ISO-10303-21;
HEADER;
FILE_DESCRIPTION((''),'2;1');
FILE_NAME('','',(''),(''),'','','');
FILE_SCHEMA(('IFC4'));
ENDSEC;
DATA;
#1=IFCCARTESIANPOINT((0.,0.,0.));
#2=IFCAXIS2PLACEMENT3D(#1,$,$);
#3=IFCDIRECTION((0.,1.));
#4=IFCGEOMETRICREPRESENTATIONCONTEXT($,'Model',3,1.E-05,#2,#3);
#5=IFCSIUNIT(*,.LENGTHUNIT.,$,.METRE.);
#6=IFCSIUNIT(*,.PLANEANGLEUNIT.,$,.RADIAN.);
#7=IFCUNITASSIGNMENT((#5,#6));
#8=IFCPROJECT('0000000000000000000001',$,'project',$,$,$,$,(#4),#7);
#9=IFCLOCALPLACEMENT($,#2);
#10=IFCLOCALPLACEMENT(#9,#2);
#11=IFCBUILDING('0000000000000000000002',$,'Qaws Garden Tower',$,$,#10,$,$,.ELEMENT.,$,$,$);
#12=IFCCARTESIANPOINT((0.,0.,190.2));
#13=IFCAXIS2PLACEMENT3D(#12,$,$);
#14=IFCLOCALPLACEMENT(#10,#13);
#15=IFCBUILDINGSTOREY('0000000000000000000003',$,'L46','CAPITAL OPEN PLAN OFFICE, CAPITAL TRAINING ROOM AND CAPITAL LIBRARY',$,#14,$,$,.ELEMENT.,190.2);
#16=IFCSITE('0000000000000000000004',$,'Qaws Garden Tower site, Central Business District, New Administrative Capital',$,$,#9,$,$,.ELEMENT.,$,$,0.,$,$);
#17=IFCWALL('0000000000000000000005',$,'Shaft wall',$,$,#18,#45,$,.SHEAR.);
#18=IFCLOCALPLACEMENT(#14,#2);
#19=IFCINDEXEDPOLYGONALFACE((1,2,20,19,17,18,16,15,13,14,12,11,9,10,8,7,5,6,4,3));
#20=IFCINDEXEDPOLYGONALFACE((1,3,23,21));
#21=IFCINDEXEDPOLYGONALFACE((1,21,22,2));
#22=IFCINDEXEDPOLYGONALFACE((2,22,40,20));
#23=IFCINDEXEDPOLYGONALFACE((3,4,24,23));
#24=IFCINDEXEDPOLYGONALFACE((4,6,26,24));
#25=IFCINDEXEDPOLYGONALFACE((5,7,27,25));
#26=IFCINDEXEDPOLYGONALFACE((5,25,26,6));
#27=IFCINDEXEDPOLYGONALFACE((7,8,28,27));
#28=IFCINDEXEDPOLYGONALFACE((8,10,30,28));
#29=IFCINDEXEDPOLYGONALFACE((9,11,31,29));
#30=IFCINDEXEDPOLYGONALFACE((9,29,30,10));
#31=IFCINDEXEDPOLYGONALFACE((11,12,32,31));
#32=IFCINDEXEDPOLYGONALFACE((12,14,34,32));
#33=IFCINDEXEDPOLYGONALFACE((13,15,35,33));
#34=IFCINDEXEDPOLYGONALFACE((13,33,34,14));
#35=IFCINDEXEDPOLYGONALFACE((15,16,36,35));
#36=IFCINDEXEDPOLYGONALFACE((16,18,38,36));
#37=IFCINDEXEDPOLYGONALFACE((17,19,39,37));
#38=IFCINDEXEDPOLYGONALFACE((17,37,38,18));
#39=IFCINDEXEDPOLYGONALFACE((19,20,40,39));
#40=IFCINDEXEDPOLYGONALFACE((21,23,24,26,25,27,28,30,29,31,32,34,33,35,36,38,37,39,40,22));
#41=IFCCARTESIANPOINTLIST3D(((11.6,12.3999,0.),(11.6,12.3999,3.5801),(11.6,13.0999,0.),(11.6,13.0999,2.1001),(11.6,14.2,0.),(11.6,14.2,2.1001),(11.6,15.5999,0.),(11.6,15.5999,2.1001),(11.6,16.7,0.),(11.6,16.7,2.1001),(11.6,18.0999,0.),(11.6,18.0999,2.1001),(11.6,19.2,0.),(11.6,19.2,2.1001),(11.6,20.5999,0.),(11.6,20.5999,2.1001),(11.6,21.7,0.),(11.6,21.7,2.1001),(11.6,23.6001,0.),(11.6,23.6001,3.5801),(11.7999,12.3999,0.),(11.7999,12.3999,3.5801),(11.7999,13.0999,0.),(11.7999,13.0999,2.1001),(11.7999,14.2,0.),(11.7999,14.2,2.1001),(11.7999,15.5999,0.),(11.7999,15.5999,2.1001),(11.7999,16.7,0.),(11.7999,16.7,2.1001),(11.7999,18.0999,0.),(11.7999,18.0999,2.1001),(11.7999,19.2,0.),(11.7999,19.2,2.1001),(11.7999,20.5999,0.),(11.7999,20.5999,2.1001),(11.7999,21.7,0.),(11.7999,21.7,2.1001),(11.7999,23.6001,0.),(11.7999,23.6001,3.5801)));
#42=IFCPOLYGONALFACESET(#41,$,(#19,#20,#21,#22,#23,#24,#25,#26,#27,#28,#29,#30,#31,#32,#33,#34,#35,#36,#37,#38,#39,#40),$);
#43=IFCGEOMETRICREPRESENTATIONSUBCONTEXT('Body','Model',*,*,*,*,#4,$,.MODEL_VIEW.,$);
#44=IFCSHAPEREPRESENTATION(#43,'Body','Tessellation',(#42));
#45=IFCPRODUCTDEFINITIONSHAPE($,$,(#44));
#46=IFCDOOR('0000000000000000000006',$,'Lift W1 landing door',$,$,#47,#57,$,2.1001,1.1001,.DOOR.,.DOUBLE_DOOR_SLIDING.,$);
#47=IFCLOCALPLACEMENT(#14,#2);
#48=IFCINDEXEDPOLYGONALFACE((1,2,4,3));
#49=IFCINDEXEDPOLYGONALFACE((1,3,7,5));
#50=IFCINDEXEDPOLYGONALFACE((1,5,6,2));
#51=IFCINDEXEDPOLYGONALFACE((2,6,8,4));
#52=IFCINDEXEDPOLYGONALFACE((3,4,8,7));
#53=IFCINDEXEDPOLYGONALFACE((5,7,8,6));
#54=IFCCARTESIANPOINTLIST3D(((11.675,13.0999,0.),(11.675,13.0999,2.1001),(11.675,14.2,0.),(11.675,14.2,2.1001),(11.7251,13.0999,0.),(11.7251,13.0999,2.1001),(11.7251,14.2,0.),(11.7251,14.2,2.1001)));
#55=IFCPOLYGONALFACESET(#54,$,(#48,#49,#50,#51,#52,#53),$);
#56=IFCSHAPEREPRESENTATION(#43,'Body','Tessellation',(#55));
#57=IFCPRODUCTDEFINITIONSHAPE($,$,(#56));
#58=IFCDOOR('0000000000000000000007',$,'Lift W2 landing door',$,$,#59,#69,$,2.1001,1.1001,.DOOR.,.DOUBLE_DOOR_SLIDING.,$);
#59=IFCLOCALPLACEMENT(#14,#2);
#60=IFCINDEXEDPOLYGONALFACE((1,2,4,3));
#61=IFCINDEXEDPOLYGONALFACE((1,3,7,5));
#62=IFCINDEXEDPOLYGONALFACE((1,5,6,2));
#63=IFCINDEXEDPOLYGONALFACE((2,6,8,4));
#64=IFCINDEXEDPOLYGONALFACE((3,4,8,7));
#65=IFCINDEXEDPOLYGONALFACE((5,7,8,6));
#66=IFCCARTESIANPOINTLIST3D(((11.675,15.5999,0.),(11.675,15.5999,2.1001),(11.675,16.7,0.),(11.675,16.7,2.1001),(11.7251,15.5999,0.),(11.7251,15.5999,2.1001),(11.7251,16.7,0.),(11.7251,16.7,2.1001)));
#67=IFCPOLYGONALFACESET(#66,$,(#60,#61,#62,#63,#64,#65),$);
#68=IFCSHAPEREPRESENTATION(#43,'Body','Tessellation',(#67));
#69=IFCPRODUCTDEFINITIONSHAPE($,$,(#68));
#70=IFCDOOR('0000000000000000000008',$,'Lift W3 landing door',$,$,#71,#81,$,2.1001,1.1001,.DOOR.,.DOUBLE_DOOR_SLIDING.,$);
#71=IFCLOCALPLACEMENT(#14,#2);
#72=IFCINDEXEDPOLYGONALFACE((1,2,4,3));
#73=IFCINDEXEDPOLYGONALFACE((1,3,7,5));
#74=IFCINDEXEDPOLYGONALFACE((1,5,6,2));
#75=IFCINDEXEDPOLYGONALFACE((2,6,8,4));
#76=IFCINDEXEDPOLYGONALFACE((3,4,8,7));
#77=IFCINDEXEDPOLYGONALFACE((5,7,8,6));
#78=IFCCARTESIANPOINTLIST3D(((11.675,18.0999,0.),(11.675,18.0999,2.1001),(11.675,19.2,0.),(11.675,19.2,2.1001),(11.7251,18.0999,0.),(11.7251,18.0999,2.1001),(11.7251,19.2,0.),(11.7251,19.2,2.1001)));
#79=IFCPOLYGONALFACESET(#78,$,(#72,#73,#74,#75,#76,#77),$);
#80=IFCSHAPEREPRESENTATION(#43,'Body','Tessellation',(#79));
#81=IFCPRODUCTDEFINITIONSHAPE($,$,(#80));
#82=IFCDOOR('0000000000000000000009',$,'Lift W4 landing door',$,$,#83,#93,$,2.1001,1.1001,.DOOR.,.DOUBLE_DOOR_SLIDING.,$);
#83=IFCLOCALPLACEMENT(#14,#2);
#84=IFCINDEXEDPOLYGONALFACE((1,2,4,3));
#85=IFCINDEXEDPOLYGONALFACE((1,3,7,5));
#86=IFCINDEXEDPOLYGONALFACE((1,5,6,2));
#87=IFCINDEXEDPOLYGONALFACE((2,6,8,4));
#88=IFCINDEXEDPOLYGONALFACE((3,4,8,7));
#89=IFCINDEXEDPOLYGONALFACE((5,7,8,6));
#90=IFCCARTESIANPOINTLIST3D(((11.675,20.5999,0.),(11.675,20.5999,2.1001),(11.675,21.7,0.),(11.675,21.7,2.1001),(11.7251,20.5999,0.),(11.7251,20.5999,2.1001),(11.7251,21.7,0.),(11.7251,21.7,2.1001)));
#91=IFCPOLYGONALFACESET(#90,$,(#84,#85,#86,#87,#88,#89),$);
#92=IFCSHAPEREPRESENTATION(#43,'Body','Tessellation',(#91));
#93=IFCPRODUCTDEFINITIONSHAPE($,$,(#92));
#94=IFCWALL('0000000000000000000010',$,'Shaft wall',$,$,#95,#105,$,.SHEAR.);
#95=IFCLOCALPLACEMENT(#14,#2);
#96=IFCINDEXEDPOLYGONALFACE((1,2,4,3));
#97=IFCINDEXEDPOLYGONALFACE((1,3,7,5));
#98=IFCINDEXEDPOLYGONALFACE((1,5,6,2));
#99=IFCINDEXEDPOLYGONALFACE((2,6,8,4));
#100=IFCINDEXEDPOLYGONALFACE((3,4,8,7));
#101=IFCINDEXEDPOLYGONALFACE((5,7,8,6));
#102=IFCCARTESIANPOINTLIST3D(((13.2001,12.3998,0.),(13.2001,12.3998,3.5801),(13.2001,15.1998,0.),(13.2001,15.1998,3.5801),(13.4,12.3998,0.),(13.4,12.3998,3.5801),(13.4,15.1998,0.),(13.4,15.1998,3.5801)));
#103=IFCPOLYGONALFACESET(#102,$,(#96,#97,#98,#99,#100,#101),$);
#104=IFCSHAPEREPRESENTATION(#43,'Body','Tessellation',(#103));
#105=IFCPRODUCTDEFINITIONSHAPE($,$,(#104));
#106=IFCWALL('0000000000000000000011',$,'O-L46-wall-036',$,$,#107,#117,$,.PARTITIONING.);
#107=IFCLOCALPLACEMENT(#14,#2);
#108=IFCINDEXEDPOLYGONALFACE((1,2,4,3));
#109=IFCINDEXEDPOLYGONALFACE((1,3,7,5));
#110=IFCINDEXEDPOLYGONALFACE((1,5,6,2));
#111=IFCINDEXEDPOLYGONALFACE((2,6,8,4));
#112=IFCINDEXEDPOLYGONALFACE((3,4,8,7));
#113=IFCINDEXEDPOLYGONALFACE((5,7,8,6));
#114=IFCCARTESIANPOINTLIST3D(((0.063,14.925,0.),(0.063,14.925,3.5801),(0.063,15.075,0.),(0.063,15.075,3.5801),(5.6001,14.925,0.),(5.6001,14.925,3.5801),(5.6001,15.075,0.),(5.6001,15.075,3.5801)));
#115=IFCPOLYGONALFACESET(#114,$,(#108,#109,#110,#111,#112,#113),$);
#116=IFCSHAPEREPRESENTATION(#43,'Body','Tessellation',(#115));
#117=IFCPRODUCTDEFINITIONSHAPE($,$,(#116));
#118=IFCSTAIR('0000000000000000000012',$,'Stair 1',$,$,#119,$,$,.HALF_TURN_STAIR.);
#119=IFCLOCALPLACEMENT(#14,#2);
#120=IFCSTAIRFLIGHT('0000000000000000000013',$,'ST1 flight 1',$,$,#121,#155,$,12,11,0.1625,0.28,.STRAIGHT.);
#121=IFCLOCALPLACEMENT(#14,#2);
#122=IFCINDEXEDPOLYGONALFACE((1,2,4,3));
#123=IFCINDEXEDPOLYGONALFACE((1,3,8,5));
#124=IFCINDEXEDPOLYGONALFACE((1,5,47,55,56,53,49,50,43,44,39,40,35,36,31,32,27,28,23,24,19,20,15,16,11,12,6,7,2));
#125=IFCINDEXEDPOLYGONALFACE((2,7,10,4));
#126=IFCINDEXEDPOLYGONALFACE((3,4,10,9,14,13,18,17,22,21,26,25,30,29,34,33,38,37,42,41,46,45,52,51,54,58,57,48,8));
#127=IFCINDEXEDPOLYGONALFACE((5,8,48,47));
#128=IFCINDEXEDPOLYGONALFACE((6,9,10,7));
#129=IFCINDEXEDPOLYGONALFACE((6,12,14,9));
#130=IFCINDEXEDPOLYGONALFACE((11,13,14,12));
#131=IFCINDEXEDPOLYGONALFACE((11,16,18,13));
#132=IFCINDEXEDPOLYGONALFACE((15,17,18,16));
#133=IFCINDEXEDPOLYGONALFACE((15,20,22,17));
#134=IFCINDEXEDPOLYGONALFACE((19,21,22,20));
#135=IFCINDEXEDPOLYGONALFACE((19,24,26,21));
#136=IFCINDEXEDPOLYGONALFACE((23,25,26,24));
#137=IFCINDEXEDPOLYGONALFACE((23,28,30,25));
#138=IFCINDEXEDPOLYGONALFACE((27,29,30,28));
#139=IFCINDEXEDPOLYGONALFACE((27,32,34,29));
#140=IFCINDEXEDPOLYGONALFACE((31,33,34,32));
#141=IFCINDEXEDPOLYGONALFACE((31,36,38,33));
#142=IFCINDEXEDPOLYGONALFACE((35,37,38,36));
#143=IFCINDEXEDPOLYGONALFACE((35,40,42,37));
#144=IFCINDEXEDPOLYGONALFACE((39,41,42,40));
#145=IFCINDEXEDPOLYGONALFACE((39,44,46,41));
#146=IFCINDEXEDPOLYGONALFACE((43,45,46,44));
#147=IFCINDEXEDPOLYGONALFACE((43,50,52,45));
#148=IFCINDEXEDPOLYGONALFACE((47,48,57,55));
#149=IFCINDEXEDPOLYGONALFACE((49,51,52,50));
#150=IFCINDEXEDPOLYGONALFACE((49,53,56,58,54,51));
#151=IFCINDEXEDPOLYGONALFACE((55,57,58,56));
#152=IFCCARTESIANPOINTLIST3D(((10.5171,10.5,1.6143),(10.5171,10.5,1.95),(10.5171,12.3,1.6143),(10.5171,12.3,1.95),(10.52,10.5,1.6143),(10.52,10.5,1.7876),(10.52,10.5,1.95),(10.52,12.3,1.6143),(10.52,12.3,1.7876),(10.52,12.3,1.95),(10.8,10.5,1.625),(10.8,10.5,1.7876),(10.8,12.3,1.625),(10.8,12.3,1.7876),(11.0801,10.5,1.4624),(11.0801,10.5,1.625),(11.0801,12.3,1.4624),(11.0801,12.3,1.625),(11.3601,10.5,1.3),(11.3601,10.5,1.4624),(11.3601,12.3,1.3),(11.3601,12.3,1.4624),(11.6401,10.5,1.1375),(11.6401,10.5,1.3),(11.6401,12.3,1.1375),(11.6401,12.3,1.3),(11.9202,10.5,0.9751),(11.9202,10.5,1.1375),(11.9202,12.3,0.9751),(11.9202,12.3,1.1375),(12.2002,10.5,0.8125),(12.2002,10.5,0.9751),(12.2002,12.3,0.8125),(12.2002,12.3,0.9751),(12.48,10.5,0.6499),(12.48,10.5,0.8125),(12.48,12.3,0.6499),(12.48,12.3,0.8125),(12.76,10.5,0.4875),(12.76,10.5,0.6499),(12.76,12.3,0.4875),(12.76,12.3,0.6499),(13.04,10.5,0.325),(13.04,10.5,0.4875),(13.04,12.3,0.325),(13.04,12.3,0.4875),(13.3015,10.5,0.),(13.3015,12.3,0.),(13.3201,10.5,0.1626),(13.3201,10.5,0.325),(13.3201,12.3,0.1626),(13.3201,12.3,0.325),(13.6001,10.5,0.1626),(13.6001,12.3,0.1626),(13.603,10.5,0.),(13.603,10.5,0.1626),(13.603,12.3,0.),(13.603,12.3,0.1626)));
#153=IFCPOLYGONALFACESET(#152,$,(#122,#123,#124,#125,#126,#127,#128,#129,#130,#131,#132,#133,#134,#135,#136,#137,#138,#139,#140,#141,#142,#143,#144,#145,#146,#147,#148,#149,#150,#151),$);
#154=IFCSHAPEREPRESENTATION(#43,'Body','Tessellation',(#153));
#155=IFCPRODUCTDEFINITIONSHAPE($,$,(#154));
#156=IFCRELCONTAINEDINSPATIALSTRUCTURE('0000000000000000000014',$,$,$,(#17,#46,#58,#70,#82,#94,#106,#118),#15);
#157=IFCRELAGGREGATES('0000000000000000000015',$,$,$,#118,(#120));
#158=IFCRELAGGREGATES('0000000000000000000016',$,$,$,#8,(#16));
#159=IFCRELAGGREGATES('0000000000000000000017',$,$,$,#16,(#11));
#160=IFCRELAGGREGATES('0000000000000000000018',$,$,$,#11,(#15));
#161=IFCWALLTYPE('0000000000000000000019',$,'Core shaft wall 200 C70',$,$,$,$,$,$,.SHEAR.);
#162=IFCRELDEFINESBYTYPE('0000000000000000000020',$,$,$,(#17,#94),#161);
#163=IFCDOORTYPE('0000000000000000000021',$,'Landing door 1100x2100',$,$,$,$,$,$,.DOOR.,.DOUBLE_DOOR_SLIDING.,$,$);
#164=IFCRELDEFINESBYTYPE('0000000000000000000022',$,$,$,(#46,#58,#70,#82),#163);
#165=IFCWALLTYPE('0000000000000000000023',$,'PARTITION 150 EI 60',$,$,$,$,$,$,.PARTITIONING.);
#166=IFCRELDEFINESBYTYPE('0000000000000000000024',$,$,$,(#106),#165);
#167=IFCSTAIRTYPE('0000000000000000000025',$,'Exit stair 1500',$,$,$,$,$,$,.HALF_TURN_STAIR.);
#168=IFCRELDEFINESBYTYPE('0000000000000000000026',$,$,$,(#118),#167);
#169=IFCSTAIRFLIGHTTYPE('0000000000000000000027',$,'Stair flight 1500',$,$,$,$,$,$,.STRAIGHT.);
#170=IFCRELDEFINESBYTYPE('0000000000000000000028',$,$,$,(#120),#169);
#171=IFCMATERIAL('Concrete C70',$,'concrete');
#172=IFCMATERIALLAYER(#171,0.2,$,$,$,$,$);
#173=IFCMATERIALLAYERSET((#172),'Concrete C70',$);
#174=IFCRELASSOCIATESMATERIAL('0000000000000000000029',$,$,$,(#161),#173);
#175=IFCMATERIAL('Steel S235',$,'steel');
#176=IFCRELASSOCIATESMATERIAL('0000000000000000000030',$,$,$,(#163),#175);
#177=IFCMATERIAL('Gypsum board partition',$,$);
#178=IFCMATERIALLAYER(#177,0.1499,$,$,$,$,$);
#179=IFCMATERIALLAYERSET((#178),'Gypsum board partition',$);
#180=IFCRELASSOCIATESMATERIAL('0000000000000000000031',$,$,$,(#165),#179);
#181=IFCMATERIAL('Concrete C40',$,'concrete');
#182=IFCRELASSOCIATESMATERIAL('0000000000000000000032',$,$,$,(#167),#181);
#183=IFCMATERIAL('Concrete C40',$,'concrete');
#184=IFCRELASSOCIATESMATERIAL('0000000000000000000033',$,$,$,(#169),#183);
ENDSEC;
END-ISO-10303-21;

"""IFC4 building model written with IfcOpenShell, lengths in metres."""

from ifc_helpers import new_model, si_unit, direction, frame, frame_2d, origin, place, context, subcontext, project, spatial, polyline, rectangle, outline, extrude, material, layer, layer_set, type_object, element, fill, aggregate, save


model = new_model("IFC4")

# Units and contexts
model_context = context("Model", 3, precision=1e-05, world=origin(), true_north=direction((0.0, 1.0)))
body_context = subcontext(model_context, "Body", "Model", "MODEL_VIEW")
ifc_project = project(units=[si_unit("LENGTHUNIT", "METRE"), si_unit("PLANEANGLEUNIT", "RADIAN")], contexts=[model_context])

# Site, building, storey
site_placement = place(None, origin())
site = spatial("IfcSite", under=ifc_project, at=site_placement, Name="Qaws Garden Tower site, Central Business District, New Administrative Capital", CompositionType="ELEMENT", RefElevation=0.0)
building_placement = place(site_placement, origin())
building = spatial("IfcBuilding", under=site, at=building_placement, Name="Qaws Garden Tower", CompositionType="ELEMENT")
storey_placement = place(building_placement, frame((0.0, 0.0, 190.2)))
storey = spatial("IfcBuildingStorey", under=building, at=storey_placement, Name="L46", Description="CAPITAL OPEN PLAN OFFICE, CAPITAL TRAINING ROOM AND CAPITAL LIBRARY", CompositionType="ELEMENT", Elevation=190.2)

# Shared definitions
ifc_material_1 = material(Name="Concrete C70", Category="concrete")
ifc_layer_1 = layer(ifc_material_1, 0.2)
ifc_layer_set_1 = layer_set([ifc_layer_1], Name="Concrete C70")
wall_type_1 = type_object("IfcWallType", Name="Core shaft wall 200 C70", PredefinedType="SHEAR", material=ifc_layer_set_1)

# Shared definitions
ifc_material_2 = material(Name="Steel S235", Category="steel")
door_type_1 = type_object("IfcDoorType", Name="Landing door 1100x2100", OperationType="DOUBLE_DOOR_SLIDING", PredefinedType="DOOR", material=ifc_material_2)

# Wall, openings, doors
wall_1_placement = place(storey_placement, frame((11.7, 12.3999, 0.0), z_axis=(0.0, 0.0, 1.0), x_axis=(0.0, 1.0, 0.0)))
wall_1 = element("IfcWall", 1, at=wall_1_placement, inside=storey, type_object=wall_type_1, Name="Shaft wall", PredefinedType="SHEAR", context=body_context, shape_type="SweptSolid", body=[
    extrude(rectangle(XDim=11.2002, YDim=0.2, at=frame_2d((5.6001, 0.0))), origin(), (0.0, 0.0, 1.0), 3.5801),
])
opening_1_placement = place(wall_1_placement, frame((0.7, 0.0, 0.0)))
opening_1 = element("IfcOpeningElement", 2, at=opening_1_placement, cuts=wall_1, PredefinedType="OPENING", context=body_context, shape_type="SweptSolid", body=[
    extrude(rectangle(XDim=1.1001, YDim=2.1001, at=frame_2d((0.55, 1.05))), frame((0.0, 0.1099, 0.0), z_axis=(0.0, -1.0, 0.0), x_axis=(1.0, 0.0, 0.0)), (0.0, 0.0, 1.0), 0.22),
])
opening_2_placement = place(wall_1_placement, frame((3.2, 0.0, 0.0)))
opening_2 = element("IfcOpeningElement", 3, at=opening_2_placement, cuts=wall_1, PredefinedType="OPENING", context=body_context, shape_type="SweptSolid", body=[
    extrude(rectangle(XDim=1.1001, YDim=2.1001, at=frame_2d((0.55, 1.05))), frame((0.0, 0.1099, 0.0), z_axis=(0.0, -1.0, 0.0), x_axis=(1.0, 0.0, 0.0)), (0.0, 0.0, 1.0), 0.22),
])
opening_3_placement = place(wall_1_placement, frame((5.7, 0.0, 0.0)))
opening_3 = element("IfcOpeningElement", 4, at=opening_3_placement, cuts=wall_1, PredefinedType="OPENING", context=body_context, shape_type="SweptSolid", body=[
    extrude(rectangle(XDim=1.1001, YDim=2.1001, at=frame_2d((0.55, 1.05))), frame((0.0, 0.1099, 0.0), z_axis=(0.0, -1.0, 0.0), x_axis=(1.0, 0.0, 0.0)), (0.0, 0.0, 1.0), 0.22),
])
opening_4_placement = place(wall_1_placement, frame((8.2, 0.0, 0.0)))
opening_4 = element("IfcOpeningElement", 5, at=opening_4_placement, cuts=wall_1, PredefinedType="OPENING", context=body_context, shape_type="SweptSolid", body=[
    extrude(rectangle(XDim=1.1001, YDim=2.1001, at=frame_2d((0.55, 1.05))), frame((0.0, 0.1099, 0.0), z_axis=(0.0, -1.0, 0.0), x_axis=(1.0, 0.0, 0.0)), (0.0, 0.0, 1.0), 0.22),
])
door_1_placement = place(opening_1_placement, origin())
door_1 = element("IfcDoor", 6, at=door_1_placement, inside=storey, type_object=door_type_1, Name="Lift W1 landing door", OperationType="DOUBLE_DOOR_SLIDING", OverallHeight=2.1001, OverallWidth=1.1001, PredefinedType="DOOR", context=body_context, shape_type="SweptSolid", body=[
    extrude(rectangle(XDim=1.1001, YDim=2.1001, at=frame_2d((0.55, 1.05))), frame((0.0, 0.0249, 0.0), z_axis=(0.0, -1.0, 0.0), x_axis=(1.0, 0.0, 0.0)), (0.0, 0.0, 1.0), 0.05),
])
fill(opening_1, door_1)
door_2_placement = place(opening_2_placement, origin())
door_2 = element("IfcDoor", 7, at=door_2_placement, inside=storey, type_object=door_type_1, Name="Lift W2 landing door", OperationType="DOUBLE_DOOR_SLIDING", OverallHeight=2.1001, OverallWidth=1.1001, PredefinedType="DOOR", context=body_context, shape_type="SweptSolid", body=[
    extrude(rectangle(XDim=1.1001, YDim=2.1001, at=frame_2d((0.55, 1.05))), frame((0.0, 0.0249, 0.0), z_axis=(0.0, -1.0, 0.0), x_axis=(1.0, 0.0, 0.0)), (0.0, 0.0, 1.0), 0.05),
])
fill(opening_2, door_2)
door_3_placement = place(opening_3_placement, origin())
door_3 = element("IfcDoor", 8, at=door_3_placement, inside=storey, type_object=door_type_1, Name="Lift W3 landing door", OperationType="DOUBLE_DOOR_SLIDING", OverallHeight=2.1001, OverallWidth=1.1001, PredefinedType="DOOR", context=body_context, shape_type="SweptSolid", body=[
    extrude(rectangle(XDim=1.1001, YDim=2.1001, at=frame_2d((0.55, 1.05))), frame((0.0, 0.0249, 0.0), z_axis=(0.0, -1.0, 0.0), x_axis=(1.0, 0.0, 0.0)), (0.0, 0.0, 1.0), 0.05),
])
fill(opening_3, door_3)
door_4_placement = place(opening_4_placement, origin())
door_4 = element("IfcDoor", 9, at=door_4_placement, inside=storey, type_object=door_type_1, Name="Lift W4 landing door", OperationType="DOUBLE_DOOR_SLIDING", OverallHeight=2.1001, OverallWidth=1.1001, PredefinedType="DOOR", context=body_context, shape_type="SweptSolid", body=[
    extrude(rectangle(XDim=1.1001, YDim=2.1001, at=frame_2d((0.55, 1.05))), frame((0.0, 0.0249, 0.0), z_axis=(0.0, -1.0, 0.0), x_axis=(1.0, 0.0, 0.0)), (0.0, 0.0, 1.0), 0.05),
])
fill(opening_4, door_4)

# Walls
wall_2_placement = place(storey_placement, frame((13.3, 12.3999, 0.0), z_axis=(0.0, 0.0, 1.0), x_axis=(0.0, 1.0, 0.0)))
element("IfcWall", 10, at=wall_2_placement, inside=storey, type_object=wall_type_1, Name="Shaft wall", PredefinedType="SHEAR", context=body_context, shape_type="SweptSolid", body=[
    extrude(rectangle(XDim=2.8, YDim=0.2, at=frame_2d((1.3999, 0.0))), origin(), (0.0, 0.0, 1.0), 3.5801),
])
ifc_material_3 = material(Name="Gypsum board partition")
ifc_layer_2 = layer(ifc_material_3, 0.1499)
ifc_layer_set_2 = layer_set([ifc_layer_2], Name="Gypsum board partition")
wall_type_2 = type_object("IfcWallType", Name="PARTITION 150 EI 60", PredefinedType="PARTITIONING", material=ifc_layer_set_2)
wall_3_placement = place(storey_placement, frame((0.063, 15.0, 0.0), z_axis=(0.0, 0.0, 1.0), x_axis=(1.0, 0.0, 0.0)))
element("IfcWall", 11, at=wall_3_placement, inside=storey, type_object=wall_type_2, Name="O-L46-wall-036", PredefinedType="PARTITIONING", context=body_context, shape_type="SweptSolid", body=[
    extrude(rectangle(XDim=5.5371, YDim=0.1499, at=frame_2d((2.7686, 0.0))), origin(), (0.0, 0.0, 1.0), 3.5801),
])

# Stair, stair flight
ifc_material_4 = material(Name="Concrete C40", Category="concrete")
stair_type = type_object("IfcStairType", Name="Exit stair 1500", PredefinedType="HALF_TURN_STAIR", material=ifc_material_4)
stair_placement = place(storey_placement, origin())
stair = element("IfcStair", 12, at=stair_placement, inside=storey, type_object=stair_type, Name="Stair 1", PredefinedType="HALF_TURN_STAIR")
ifc_material_5 = material(Name="Concrete C40", Category="concrete")
stair_flight_type = type_object("IfcStairFlightType", Name="Stair flight 1500", PredefinedType="STRAIGHT", material=ifc_material_5)
stair_flight_placement = place(storey_placement, frame((13.6001, 11.3999, 0.0), z_axis=(0.0, 0.0, 1.0), x_axis=(-1.0, 0.0, 0.0)))
stair_flight = element("IfcStairFlight", 13, at=stair_flight_placement, type_object=stair_flight_type, Name="ST1 flight 1", NumberOfRisers=12, NumberOfTreads=11, PredefinedType="STRAIGHT", RiserHeight=0.1625, TreadLength=0.28, context=body_context, shape_type="SweptSolid", body=[
    extrude(outline(polyline([(-0.0029, 0.0), (-0.0029, 0.1626), (0.0, 0.1626), (0.28, 0.1626), (0.28, 0.325), (0.5601, 0.325), (0.5601, 0.4875), (0.8401, 0.4875), (0.8401, 0.6499), (1.1201, 0.6499), (1.1201, 0.8125), (1.3999, 0.8125), (1.3999, 0.9751), (1.6799, 0.9751), (1.6799, 1.1375), (1.96, 1.1375), (1.96, 1.3), (2.24, 1.3), (2.24, 1.4624), (2.52, 1.4624), (2.52, 1.625), (2.8, 1.625), (2.8, 1.7876), (3.0801, 1.7876), (3.0801, 1.95), (3.083, 1.95), (3.083, 1.6143), (3.0801, 1.6143), (0.2986, 0.0), (-0.0029, 0.0)])), frame((0.0, 0.8999, 0.0), z_axis=(0.0, -1.0, 0.0), x_axis=(1.0, 0.0, 0.0)), (0.0, 0.0, 1.0), 1.8),
])
aggregate(stair, [stair_flight])

save(model, "model.ifc")
